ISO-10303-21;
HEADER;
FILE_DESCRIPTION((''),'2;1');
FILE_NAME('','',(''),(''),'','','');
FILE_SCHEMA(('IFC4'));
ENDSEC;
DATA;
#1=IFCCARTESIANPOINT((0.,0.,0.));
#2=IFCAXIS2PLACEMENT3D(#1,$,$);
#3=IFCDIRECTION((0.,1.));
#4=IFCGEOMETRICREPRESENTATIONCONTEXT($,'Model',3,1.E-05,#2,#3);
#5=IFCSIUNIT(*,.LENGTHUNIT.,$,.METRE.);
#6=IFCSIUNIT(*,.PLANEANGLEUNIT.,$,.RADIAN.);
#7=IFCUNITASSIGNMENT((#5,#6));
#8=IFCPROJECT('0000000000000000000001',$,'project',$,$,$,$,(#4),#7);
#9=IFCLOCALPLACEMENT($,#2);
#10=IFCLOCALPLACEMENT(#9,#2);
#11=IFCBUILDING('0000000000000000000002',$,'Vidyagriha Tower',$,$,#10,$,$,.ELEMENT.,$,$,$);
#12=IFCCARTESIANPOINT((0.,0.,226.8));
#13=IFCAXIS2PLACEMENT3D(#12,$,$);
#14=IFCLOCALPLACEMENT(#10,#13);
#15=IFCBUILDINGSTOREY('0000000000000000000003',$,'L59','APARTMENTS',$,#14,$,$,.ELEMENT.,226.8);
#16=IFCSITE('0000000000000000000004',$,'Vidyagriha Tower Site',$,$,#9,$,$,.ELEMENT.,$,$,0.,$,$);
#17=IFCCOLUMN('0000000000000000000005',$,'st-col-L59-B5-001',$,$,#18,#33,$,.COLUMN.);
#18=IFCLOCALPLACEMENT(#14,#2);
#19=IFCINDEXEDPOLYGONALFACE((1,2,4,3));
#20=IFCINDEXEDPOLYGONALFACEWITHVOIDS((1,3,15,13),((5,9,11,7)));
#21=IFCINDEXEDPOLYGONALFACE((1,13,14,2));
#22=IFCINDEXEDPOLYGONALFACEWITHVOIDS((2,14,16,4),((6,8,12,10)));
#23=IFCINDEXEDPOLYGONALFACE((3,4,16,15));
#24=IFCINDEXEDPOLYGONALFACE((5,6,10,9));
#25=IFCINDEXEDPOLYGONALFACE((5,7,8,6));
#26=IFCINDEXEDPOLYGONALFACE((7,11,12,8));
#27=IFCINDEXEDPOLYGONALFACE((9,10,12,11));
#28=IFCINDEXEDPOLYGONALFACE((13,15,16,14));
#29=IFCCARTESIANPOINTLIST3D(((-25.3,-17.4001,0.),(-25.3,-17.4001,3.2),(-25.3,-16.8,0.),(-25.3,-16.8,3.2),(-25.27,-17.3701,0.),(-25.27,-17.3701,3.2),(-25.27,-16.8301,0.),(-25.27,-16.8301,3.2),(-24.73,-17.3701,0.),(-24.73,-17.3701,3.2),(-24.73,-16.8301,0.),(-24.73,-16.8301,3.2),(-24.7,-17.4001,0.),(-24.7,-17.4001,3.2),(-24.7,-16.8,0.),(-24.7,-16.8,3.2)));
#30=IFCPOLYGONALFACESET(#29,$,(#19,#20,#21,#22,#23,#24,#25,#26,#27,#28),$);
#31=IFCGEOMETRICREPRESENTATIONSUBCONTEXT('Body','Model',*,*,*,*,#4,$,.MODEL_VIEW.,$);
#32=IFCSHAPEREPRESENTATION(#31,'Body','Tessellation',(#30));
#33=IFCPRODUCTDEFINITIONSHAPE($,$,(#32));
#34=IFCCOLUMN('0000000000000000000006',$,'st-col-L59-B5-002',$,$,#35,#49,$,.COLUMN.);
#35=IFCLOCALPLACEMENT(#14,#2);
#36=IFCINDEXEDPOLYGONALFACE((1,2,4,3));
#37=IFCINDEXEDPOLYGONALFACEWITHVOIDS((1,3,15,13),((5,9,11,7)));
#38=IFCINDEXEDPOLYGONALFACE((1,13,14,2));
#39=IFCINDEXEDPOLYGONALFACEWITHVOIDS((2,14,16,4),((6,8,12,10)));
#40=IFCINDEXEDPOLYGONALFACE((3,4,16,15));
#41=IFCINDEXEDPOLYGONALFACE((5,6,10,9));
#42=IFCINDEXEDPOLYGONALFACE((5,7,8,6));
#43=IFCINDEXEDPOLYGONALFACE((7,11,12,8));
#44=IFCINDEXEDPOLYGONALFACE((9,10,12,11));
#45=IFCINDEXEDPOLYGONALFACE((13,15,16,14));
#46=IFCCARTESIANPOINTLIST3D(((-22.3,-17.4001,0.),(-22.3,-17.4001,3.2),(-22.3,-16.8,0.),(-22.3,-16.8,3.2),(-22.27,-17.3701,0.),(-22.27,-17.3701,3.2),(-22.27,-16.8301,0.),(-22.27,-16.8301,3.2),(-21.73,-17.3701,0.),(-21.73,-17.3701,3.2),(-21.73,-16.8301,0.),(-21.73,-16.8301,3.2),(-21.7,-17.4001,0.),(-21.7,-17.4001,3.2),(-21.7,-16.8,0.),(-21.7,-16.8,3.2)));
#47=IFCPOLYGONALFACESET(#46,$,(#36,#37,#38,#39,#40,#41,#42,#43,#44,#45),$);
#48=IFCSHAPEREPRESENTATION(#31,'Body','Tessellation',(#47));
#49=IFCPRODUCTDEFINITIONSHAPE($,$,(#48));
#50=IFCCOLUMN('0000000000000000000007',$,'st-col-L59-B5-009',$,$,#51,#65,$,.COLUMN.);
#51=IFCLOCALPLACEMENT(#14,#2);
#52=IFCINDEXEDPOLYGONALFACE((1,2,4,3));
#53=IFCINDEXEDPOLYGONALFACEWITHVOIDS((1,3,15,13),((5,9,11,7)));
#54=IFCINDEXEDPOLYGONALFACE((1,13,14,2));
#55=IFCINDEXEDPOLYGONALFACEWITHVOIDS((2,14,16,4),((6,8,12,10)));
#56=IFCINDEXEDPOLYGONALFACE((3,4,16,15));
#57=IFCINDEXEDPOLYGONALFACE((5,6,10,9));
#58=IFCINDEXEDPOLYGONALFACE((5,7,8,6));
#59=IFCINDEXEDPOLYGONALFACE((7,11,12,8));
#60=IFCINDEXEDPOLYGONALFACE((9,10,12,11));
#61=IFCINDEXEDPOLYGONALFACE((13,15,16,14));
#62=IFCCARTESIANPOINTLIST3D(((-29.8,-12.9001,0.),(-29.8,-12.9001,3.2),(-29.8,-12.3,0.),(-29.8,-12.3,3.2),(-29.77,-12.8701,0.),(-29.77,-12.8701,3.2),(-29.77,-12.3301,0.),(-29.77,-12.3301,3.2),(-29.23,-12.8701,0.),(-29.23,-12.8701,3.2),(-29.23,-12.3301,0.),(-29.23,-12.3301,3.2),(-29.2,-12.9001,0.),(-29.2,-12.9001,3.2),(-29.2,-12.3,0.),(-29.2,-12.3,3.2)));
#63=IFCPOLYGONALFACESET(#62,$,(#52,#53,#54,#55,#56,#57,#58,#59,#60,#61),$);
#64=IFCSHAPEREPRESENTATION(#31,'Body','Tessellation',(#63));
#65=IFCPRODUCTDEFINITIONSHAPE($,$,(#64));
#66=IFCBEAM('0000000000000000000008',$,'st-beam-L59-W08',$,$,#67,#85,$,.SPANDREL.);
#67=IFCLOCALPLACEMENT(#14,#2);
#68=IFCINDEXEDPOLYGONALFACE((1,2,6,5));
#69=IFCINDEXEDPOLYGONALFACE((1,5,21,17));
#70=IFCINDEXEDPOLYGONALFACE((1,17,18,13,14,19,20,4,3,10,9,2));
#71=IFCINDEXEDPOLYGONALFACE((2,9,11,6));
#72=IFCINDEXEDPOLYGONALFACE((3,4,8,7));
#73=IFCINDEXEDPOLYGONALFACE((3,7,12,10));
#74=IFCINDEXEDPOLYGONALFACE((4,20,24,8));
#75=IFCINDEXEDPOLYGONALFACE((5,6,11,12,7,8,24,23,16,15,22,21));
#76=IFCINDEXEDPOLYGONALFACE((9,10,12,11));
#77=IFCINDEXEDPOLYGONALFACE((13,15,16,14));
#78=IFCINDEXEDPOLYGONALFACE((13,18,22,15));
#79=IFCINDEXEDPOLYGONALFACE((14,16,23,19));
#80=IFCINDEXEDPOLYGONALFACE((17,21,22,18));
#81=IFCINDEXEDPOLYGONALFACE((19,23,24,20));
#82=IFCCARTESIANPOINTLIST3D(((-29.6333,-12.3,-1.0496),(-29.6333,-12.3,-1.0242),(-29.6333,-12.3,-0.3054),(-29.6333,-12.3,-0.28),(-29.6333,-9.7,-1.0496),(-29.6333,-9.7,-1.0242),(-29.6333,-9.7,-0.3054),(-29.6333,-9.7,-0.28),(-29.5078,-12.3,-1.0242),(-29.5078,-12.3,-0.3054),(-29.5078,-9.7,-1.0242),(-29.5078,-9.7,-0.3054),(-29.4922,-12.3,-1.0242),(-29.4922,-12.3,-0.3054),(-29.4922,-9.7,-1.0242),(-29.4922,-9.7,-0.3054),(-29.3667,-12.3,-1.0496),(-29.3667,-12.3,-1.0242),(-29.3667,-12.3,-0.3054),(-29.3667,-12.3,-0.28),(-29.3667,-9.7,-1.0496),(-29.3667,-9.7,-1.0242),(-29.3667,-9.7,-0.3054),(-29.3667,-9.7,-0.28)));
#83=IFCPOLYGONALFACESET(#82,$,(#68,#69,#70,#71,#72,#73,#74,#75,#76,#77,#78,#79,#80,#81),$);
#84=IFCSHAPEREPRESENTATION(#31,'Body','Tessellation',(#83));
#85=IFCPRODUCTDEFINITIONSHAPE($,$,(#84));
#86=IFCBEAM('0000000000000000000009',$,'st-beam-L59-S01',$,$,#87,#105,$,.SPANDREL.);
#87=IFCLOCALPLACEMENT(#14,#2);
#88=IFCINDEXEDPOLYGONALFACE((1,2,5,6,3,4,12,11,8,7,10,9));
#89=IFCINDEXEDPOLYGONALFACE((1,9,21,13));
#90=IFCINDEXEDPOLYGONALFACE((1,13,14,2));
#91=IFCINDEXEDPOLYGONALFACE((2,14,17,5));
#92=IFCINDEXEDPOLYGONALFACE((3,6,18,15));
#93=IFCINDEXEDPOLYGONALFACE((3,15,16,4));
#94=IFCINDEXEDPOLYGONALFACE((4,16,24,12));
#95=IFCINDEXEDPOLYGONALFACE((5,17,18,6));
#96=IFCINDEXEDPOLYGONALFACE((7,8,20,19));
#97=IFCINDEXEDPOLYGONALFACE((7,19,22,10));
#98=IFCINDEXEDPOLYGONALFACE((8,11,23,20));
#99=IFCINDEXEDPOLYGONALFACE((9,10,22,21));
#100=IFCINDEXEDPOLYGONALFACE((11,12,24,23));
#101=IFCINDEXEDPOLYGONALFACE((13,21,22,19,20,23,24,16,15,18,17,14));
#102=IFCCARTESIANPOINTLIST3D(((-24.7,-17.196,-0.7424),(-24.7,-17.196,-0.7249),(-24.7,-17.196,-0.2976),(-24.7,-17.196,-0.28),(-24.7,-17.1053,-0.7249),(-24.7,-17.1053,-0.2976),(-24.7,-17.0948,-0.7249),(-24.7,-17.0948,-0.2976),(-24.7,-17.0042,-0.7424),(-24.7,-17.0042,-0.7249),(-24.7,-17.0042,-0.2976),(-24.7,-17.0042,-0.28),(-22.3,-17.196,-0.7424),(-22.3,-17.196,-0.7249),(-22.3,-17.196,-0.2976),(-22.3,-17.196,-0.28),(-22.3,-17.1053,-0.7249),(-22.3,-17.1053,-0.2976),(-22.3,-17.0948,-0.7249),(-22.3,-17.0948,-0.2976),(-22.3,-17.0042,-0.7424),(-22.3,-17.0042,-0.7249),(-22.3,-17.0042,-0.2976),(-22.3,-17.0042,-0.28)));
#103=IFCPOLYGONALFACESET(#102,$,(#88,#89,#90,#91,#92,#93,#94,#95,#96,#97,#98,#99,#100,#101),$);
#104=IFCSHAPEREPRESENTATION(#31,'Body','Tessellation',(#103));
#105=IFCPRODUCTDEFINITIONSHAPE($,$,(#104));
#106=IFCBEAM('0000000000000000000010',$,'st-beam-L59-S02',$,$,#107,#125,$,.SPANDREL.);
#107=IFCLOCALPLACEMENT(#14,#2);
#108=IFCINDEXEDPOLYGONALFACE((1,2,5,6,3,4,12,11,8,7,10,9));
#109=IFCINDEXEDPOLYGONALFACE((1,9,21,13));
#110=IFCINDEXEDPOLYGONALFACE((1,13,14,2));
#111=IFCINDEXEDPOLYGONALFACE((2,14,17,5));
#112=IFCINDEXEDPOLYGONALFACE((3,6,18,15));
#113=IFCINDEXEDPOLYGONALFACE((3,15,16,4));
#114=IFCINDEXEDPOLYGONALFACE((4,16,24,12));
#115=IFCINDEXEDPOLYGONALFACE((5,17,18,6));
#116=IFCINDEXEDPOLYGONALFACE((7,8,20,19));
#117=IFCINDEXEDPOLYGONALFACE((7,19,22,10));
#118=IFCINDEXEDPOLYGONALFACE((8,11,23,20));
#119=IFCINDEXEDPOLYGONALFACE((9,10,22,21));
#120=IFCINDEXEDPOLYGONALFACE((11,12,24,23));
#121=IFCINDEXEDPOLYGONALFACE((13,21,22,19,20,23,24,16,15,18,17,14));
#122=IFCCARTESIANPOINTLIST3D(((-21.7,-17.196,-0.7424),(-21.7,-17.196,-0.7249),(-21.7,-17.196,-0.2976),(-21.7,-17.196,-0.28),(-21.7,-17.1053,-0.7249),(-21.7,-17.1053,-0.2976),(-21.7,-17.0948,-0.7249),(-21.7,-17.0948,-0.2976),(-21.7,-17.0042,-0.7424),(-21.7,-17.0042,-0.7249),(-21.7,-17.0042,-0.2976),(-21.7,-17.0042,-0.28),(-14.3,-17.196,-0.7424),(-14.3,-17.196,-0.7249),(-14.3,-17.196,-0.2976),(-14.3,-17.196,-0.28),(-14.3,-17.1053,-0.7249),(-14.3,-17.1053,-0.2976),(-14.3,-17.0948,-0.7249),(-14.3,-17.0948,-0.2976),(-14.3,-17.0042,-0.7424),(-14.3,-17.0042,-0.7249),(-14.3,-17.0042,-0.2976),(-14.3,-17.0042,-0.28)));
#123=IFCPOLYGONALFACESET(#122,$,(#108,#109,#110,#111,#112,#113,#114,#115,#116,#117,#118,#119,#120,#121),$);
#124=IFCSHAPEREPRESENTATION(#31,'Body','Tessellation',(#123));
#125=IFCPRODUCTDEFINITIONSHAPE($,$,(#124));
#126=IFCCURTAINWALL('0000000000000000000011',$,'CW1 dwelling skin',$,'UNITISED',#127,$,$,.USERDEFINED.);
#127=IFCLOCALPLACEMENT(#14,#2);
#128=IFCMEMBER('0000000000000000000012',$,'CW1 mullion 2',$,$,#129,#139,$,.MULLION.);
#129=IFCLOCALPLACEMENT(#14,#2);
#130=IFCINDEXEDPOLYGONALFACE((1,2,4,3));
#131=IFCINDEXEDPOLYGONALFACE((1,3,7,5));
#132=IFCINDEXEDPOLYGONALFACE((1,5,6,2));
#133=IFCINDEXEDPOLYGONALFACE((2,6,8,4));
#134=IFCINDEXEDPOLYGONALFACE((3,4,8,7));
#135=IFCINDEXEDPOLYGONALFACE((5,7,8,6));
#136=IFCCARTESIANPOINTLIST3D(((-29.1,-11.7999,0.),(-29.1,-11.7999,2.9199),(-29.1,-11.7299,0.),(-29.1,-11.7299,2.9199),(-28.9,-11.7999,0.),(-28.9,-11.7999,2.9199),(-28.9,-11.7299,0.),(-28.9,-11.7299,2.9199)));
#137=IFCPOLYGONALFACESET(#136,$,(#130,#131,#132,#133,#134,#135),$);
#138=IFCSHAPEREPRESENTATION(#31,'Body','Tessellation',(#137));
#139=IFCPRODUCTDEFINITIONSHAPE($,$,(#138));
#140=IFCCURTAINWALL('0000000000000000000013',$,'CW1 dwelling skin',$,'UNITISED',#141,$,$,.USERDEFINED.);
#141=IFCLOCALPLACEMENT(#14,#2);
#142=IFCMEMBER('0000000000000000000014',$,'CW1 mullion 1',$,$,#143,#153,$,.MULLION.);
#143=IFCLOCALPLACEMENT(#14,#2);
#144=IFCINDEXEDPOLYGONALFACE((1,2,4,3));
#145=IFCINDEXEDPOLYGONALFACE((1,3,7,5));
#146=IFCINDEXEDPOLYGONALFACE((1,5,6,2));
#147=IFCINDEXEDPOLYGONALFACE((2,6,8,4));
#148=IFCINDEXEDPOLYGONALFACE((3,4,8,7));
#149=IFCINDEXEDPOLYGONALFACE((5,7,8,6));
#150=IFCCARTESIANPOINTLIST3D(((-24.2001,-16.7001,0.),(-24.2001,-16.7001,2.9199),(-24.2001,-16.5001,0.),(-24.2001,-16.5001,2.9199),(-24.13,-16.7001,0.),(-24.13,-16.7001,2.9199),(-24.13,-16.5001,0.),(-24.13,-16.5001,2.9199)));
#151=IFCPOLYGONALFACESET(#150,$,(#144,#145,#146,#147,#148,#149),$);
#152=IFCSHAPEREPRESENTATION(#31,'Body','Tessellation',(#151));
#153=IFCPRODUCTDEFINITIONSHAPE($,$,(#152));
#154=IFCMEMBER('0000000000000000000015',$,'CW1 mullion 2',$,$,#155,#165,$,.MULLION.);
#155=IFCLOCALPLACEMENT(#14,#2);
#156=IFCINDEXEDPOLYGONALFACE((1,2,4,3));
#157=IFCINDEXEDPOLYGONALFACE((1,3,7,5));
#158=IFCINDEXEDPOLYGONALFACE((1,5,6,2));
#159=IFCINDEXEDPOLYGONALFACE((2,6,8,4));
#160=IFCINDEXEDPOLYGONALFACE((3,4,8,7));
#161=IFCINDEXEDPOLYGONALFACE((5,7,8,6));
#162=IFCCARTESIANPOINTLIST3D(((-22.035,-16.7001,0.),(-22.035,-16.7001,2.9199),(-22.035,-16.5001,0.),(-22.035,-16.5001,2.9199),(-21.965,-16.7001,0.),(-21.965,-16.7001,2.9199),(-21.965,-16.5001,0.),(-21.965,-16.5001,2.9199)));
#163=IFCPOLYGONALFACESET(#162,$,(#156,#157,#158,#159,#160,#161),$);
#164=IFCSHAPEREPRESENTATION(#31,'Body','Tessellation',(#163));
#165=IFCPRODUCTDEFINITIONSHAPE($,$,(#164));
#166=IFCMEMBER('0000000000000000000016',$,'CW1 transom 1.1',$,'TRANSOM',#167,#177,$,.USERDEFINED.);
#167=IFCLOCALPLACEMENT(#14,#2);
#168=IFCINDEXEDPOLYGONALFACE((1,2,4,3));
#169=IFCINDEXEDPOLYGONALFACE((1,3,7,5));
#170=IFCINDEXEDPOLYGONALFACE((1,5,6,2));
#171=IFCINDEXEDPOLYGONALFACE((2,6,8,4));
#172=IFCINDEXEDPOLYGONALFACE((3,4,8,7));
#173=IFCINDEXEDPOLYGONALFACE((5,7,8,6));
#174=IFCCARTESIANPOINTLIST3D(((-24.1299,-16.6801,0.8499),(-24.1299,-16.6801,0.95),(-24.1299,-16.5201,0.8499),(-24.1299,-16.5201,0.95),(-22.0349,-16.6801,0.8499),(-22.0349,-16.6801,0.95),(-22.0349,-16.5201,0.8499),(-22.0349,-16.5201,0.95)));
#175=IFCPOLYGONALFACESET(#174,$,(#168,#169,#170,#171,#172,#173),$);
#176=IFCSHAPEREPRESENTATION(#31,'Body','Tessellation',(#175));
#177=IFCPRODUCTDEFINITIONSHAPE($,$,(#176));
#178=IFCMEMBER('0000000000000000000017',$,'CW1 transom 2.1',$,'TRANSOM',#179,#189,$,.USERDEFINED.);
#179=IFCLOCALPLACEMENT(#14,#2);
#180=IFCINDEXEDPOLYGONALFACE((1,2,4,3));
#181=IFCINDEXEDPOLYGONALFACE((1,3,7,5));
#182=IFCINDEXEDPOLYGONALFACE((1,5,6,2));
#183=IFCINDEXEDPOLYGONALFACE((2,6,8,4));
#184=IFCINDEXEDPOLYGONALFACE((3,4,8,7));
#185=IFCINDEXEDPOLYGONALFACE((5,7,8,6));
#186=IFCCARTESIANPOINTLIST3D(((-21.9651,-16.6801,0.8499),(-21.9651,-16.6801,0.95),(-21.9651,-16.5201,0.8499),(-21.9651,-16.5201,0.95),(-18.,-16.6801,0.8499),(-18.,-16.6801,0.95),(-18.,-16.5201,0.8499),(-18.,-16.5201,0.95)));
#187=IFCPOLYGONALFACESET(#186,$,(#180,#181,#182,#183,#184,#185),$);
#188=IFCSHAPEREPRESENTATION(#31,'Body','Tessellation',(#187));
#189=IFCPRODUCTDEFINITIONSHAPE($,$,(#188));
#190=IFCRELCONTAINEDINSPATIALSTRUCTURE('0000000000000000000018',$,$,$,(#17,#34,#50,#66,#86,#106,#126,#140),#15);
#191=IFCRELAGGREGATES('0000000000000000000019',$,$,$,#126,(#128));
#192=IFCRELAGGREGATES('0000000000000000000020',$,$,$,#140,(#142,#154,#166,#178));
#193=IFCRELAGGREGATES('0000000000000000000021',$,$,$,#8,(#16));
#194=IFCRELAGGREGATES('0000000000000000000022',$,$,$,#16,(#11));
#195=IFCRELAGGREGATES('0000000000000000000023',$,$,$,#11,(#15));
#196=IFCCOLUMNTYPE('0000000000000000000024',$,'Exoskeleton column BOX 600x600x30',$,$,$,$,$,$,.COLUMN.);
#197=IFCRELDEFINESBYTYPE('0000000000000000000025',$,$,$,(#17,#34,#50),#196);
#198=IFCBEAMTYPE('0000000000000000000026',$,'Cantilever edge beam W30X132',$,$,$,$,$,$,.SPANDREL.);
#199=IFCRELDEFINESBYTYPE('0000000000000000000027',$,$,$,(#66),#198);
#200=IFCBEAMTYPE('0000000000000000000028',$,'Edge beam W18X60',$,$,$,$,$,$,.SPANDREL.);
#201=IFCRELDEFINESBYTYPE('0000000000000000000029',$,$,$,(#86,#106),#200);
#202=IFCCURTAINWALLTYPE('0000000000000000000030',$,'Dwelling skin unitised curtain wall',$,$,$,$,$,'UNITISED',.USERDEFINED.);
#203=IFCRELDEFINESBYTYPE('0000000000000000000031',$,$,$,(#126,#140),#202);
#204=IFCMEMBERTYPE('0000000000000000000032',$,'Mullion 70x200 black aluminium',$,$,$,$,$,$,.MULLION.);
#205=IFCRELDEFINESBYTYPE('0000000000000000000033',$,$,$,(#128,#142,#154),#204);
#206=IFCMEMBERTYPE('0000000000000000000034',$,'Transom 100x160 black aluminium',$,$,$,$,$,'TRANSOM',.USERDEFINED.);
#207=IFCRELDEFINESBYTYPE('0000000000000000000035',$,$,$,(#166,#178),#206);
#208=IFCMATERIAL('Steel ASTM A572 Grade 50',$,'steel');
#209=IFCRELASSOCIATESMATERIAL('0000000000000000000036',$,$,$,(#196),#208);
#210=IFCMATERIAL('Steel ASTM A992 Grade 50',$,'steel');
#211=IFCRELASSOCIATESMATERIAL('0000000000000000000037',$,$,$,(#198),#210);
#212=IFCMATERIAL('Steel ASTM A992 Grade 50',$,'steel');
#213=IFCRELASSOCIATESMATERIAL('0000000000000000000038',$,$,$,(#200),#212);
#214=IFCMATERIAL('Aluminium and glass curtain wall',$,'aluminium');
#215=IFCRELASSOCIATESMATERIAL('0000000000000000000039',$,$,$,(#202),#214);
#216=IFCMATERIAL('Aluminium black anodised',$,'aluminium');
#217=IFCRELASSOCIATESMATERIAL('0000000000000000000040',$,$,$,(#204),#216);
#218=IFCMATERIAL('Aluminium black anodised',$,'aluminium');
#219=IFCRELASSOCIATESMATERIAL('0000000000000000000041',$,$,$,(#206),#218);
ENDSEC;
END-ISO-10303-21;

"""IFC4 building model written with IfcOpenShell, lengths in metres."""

from ifc_helpers import new_model, si_unit, direction, frame, origin, origin_2d, place, context, subcontext, project, spatial, rectangle, hollow_rectangle, i_section, extrude, material, material_profile, profile_set, type_object, element, aggregate, save


model = new_model("IFC4")

# Units and contexts
model_context = context("Model", 3, precision=1e-05, world=origin(), true_north=direction((0.0, 1.0)))
body_context = subcontext(model_context, "Body", "Model", "MODEL_VIEW")
ifc_project = project(units=[si_unit("LENGTHUNIT", "METRE"), si_unit("PLANEANGLEUNIT", "RADIAN")], contexts=[model_context])

# Site, building, storey
site_placement = place(None, origin())
site = spatial("IfcSite", under=ifc_project, at=site_placement, Name="Vidyagriha Tower Site", CompositionType="ELEMENT", RefElevation=0.0)
building_placement = place(site_placement, origin())
building = spatial("IfcBuilding", under=site, at=building_placement, Name="Vidyagriha Tower", CompositionType="ELEMENT")
storey_placement = place(building_placement, frame((0.0, 0.0, 226.8)))
storey = spatial("IfcBuildingStorey", under=building, at=storey_placement, Name="L59", Description="APARTMENTS", CompositionType="ELEMENT", Elevation=226.8)

# Columns
ifc_material_1 = material(Name="Steel ASTM A572 Grade 50", Category="steel")
ifc_material_profile_1 = material_profile(ifc_material_1, hollow_rectangle(XDim=0.6001, YDim=0.6001, WallThickness=0.03, at=origin_2d()), Name="BOX 600x600x30")
ifc_profile_set_1 = profile_set([ifc_material_profile_1], Name="Steel ASTM A572 Grade 50")
column_type = type_object("IfcColumnType", Name="Exoskeleton column BOX 600x600x30", PredefinedType="COLUMN", material=ifc_profile_set_1)
for number, where, name in (
    (1, (-25.0, -17.1001, 0.0), "st-col-L59-B5-001"),
    (2, (-22.0, -17.1001, 0.0), "st-col-L59-B5-002"),
    (3, (-29.5, -12.6001, 0.0), "st-col-L59-B5-009"),
):
    element("IfcColumn", number, at=place(storey_placement, frame(where)), inside=storey, type_object=column_type, Name=name, PredefinedType="COLUMN", context=body_context, shape_type="SweptSolid", body=[
        extrude(hollow_rectangle(XDim=0.6001, YDim=0.6001, WallThickness=0.03, at=origin_2d()), origin(), (0.0, 0.0, 1.0), 3.2),
    ])

# Beams
ifc_material_2 = material(Name="Steel ASTM A992 Grade 50", Category="steel")
ifc_material_profile_2 = material_profile(ifc_material_2, i_section(OverallWidth=0.2666, OverallDepth=0.7695, WebThickness=0.0156, FlangeThickness=0.0254, at=origin_2d()), Name="W30X132")
ifc_profile_set_2 = profile_set([ifc_material_profile_2], Name="Steel ASTM A992 Grade 50")
beam_type_1 = type_object("IfcBeamType", Name="Cantilever edge beam W30X132", PredefinedType="SPANDREL", material=ifc_profile_set_2)
beam_1_placement = place(storey_placement, frame((-29.5, -12.3, -0.6648), z_axis=(0.0, 1.0, 0.0), x_axis=(-1.0, 0.0, 0.0)))
element("IfcBeam", 4, at=beam_1_placement, inside=storey, type_object=beam_type_1, Name="st-beam-L59-W08", PredefinedType="SPANDREL", context=body_context, shape_type="SweptSolid", body=[
    extrude(i_section(OverallWidth=0.2666, OverallDepth=0.7695, WebThickness=0.0156, FlangeThickness=0.0254, at=origin_2d()), origin(), (0.0, 0.0, 1.0), 2.6001),
])
ifc_material_3 = material(Name="Steel ASTM A992 Grade 50", Category="steel")
ifc_material_profile_3 = material_profile(ifc_material_3, i_section(OverallWidth=0.1919, OverallDepth=0.4624, WebThickness=0.0105, FlangeThickness=0.0176, at=origin_2d()), Name="W18X60")
ifc_profile_set_3 = profile_set([ifc_material_profile_3], Name="Steel ASTM A992 Grade 50")
beam_type_2 = type_object("IfcBeamType", Name="Edge beam W18X60", PredefinedType="SPANDREL", material=ifc_profile_set_3)
beam_2_placement = place(storey_placement, frame((-24.7, -17.1001, -0.5112), z_axis=(1.0, 0.0, 0.0), x_axis=(0.0, 1.0, 0.0)))
element("IfcBeam", 5, at=beam_2_placement, inside=storey, type_object=beam_type_2, Name="st-beam-L59-S01", PredefinedType="SPANDREL", context=body_context, shape_type="SweptSolid", body=[
    extrude(i_section(OverallWidth=0.1919, OverallDepth=0.4624, WebThickness=0.0105, FlangeThickness=0.0176, at=origin_2d()), origin(), (0.0, 0.0, 1.0), 2.3999),
])
beam_3_placement = place(storey_placement, frame((-21.7, -17.1001, -0.5112), z_axis=(1.0, 0.0, 0.0), x_axis=(0.0, 1.0, 0.0)))
element("IfcBeam", 6, at=beam_3_placement, inside=storey, type_object=beam_type_2, Name="st-beam-L59-S02", PredefinedType="SPANDREL", context=body_context, shape_type="SweptSolid", body=[
    extrude(i_section(OverallWidth=0.1919, OverallDepth=0.4624, WebThickness=0.0105, FlangeThickness=0.0176, at=origin_2d()), origin(), (0.0, 0.0, 1.0), 7.3999),
])

# Curtain wall, member
ifc_material_4 = material(Name="Aluminium and glass curtain wall", Category="aluminium")
curtain_wall_type = type_object("IfcCurtainWallType", Name="Dwelling skin unitised curtain wall", ElementType="UNITISED", PredefinedType="USERDEFINED", material=ifc_material_4)
curtain_wall_1_placement = place(storey_placement, origin())
curtain_wall_1 = element("IfcCurtainWall", 7, at=curtain_wall_1_placement, inside=storey, type_object=curtain_wall_type, Name="CW1 dwelling skin", ObjectType="UNITISED", PredefinedType="USERDEFINED")
ifc_material_5 = material(Name="Aluminium black anodised", Category="aluminium")
ifc_material_profile_4 = material_profile(ifc_material_5, rectangle(XDim=0.2, YDim=0.0701, at=origin_2d()), Name="Mullion 70x200 black aluminium")
ifc_profile_set_4 = profile_set([ifc_material_profile_4], Name="Aluminium black anodised")
member_type_1 = type_object("IfcMemberType", Name="Mullion 70x200 black aluminium", PredefinedType="MULLION", material=ifc_profile_set_4)
member_1_placement = place(storey_placement, frame((-29.0, -11.7649, 0.0)))
member_1 = element("IfcMember", 8, at=member_1_placement, type_object=member_type_1, Name="CW1 mullion 2", PredefinedType="MULLION", context=body_context, shape_type="SweptSolid", body=[
    extrude(rectangle(XDim=0.2, YDim=0.0701, at=origin_2d()), origin(), (0.0, 0.0, 1.0), 2.9199),
])
aggregate(curtain_wall_1, [member_1])

# Curtain wall, members
curtain_wall_2_placement = place(storey_placement, origin())
curtain_wall_2 = element("IfcCurtainWall", 9, at=curtain_wall_2_placement, inside=storey, type_object=curtain_wall_type, Name="CW1 dwelling skin", ObjectType="UNITISED", PredefinedType="USERDEFINED")
member_2_placement = place(storey_placement, frame((-24.165, -16.6001, 0.0), z_axis=(0.0, 0.0, 1.0), x_axis=(0.0, 1.0, 0.0)))
member_2 = element("IfcMember", 10, at=member_2_placement, type_object=member_type_1, Name="CW1 mullion 1", PredefinedType="MULLION", context=body_context, shape_type="SweptSolid", body=[
    extrude(rectangle(XDim=0.2, YDim=0.0701, at=origin_2d()), origin(), (0.0, 0.0, 1.0), 2.9199),
])
member_3_placement = place(storey_placement, frame((-22.0, -16.6001, 0.0), z_axis=(0.0, 0.0, 1.0), x_axis=(0.0, 1.0, 0.0)))
member_3 = element("IfcMember", 11, at=member_3_placement, type_object=member_type_1, Name="CW1 mullion 2", PredefinedType="MULLION", context=body_context, shape_type="SweptSolid", body=[
    extrude(rectangle(XDim=0.2, YDim=0.0701, at=origin_2d()), origin(), (0.0, 0.0, 1.0), 2.9199),
])
ifc_material_6 = material(Name="Aluminium black anodised", Category="aluminium")
ifc_material_profile_5 = material_profile(ifc_material_6, rectangle(XDim=0.1599, YDim=0.1001, at=origin_2d()), Name="Transom 100x160 black aluminium")
ifc_profile_set_5 = profile_set([ifc_material_profile_5], Name="Aluminium black anodised")
member_type_2 = type_object("IfcMemberType", Name="Transom 100x160 black aluminium", ElementType="TRANSOM", PredefinedType="USERDEFINED", material=ifc_profile_set_5)
member_4_placement = place(storey_placement, frame((-24.1299, -16.6001, 0.8999), z_axis=(1.0, 0.0, 0.0), x_axis=(0.0, 1.0, 0.0)))
member_4 = element("IfcMember", 12, at=member_4_placement, type_object=member_type_2, Name="CW1 transom 1.1", ObjectType="TRANSOM", PredefinedType="USERDEFINED", context=body_context, shape_type="SweptSolid", body=[
    extrude(rectangle(XDim=0.1599, YDim=0.1001, at=origin_2d()), origin(), (0.0, 0.0, 1.0), 2.095),
])
member_5_placement = place(storey_placement, frame((-21.9651, -16.6001, 0.8999), z_axis=(1.0, 0.0, 0.0), x_axis=(0.0, 1.0, 0.0)))
member_5 = element("IfcMember", 13, at=member_5_placement, type_object=member_type_2, Name="CW1 transom 2.1", ObjectType="TRANSOM", PredefinedType="USERDEFINED", context=body_context, shape_type="SweptSolid", body=[
    extrude(rectangle(XDim=0.1599, YDim=0.1001, at=origin_2d()), origin(), (0.0, 0.0, 1.0), 3.9651),
])
aggregate(curtain_wall_2, [member_2, member_3, member_4, member_5])

save(model, "model.ifc")
